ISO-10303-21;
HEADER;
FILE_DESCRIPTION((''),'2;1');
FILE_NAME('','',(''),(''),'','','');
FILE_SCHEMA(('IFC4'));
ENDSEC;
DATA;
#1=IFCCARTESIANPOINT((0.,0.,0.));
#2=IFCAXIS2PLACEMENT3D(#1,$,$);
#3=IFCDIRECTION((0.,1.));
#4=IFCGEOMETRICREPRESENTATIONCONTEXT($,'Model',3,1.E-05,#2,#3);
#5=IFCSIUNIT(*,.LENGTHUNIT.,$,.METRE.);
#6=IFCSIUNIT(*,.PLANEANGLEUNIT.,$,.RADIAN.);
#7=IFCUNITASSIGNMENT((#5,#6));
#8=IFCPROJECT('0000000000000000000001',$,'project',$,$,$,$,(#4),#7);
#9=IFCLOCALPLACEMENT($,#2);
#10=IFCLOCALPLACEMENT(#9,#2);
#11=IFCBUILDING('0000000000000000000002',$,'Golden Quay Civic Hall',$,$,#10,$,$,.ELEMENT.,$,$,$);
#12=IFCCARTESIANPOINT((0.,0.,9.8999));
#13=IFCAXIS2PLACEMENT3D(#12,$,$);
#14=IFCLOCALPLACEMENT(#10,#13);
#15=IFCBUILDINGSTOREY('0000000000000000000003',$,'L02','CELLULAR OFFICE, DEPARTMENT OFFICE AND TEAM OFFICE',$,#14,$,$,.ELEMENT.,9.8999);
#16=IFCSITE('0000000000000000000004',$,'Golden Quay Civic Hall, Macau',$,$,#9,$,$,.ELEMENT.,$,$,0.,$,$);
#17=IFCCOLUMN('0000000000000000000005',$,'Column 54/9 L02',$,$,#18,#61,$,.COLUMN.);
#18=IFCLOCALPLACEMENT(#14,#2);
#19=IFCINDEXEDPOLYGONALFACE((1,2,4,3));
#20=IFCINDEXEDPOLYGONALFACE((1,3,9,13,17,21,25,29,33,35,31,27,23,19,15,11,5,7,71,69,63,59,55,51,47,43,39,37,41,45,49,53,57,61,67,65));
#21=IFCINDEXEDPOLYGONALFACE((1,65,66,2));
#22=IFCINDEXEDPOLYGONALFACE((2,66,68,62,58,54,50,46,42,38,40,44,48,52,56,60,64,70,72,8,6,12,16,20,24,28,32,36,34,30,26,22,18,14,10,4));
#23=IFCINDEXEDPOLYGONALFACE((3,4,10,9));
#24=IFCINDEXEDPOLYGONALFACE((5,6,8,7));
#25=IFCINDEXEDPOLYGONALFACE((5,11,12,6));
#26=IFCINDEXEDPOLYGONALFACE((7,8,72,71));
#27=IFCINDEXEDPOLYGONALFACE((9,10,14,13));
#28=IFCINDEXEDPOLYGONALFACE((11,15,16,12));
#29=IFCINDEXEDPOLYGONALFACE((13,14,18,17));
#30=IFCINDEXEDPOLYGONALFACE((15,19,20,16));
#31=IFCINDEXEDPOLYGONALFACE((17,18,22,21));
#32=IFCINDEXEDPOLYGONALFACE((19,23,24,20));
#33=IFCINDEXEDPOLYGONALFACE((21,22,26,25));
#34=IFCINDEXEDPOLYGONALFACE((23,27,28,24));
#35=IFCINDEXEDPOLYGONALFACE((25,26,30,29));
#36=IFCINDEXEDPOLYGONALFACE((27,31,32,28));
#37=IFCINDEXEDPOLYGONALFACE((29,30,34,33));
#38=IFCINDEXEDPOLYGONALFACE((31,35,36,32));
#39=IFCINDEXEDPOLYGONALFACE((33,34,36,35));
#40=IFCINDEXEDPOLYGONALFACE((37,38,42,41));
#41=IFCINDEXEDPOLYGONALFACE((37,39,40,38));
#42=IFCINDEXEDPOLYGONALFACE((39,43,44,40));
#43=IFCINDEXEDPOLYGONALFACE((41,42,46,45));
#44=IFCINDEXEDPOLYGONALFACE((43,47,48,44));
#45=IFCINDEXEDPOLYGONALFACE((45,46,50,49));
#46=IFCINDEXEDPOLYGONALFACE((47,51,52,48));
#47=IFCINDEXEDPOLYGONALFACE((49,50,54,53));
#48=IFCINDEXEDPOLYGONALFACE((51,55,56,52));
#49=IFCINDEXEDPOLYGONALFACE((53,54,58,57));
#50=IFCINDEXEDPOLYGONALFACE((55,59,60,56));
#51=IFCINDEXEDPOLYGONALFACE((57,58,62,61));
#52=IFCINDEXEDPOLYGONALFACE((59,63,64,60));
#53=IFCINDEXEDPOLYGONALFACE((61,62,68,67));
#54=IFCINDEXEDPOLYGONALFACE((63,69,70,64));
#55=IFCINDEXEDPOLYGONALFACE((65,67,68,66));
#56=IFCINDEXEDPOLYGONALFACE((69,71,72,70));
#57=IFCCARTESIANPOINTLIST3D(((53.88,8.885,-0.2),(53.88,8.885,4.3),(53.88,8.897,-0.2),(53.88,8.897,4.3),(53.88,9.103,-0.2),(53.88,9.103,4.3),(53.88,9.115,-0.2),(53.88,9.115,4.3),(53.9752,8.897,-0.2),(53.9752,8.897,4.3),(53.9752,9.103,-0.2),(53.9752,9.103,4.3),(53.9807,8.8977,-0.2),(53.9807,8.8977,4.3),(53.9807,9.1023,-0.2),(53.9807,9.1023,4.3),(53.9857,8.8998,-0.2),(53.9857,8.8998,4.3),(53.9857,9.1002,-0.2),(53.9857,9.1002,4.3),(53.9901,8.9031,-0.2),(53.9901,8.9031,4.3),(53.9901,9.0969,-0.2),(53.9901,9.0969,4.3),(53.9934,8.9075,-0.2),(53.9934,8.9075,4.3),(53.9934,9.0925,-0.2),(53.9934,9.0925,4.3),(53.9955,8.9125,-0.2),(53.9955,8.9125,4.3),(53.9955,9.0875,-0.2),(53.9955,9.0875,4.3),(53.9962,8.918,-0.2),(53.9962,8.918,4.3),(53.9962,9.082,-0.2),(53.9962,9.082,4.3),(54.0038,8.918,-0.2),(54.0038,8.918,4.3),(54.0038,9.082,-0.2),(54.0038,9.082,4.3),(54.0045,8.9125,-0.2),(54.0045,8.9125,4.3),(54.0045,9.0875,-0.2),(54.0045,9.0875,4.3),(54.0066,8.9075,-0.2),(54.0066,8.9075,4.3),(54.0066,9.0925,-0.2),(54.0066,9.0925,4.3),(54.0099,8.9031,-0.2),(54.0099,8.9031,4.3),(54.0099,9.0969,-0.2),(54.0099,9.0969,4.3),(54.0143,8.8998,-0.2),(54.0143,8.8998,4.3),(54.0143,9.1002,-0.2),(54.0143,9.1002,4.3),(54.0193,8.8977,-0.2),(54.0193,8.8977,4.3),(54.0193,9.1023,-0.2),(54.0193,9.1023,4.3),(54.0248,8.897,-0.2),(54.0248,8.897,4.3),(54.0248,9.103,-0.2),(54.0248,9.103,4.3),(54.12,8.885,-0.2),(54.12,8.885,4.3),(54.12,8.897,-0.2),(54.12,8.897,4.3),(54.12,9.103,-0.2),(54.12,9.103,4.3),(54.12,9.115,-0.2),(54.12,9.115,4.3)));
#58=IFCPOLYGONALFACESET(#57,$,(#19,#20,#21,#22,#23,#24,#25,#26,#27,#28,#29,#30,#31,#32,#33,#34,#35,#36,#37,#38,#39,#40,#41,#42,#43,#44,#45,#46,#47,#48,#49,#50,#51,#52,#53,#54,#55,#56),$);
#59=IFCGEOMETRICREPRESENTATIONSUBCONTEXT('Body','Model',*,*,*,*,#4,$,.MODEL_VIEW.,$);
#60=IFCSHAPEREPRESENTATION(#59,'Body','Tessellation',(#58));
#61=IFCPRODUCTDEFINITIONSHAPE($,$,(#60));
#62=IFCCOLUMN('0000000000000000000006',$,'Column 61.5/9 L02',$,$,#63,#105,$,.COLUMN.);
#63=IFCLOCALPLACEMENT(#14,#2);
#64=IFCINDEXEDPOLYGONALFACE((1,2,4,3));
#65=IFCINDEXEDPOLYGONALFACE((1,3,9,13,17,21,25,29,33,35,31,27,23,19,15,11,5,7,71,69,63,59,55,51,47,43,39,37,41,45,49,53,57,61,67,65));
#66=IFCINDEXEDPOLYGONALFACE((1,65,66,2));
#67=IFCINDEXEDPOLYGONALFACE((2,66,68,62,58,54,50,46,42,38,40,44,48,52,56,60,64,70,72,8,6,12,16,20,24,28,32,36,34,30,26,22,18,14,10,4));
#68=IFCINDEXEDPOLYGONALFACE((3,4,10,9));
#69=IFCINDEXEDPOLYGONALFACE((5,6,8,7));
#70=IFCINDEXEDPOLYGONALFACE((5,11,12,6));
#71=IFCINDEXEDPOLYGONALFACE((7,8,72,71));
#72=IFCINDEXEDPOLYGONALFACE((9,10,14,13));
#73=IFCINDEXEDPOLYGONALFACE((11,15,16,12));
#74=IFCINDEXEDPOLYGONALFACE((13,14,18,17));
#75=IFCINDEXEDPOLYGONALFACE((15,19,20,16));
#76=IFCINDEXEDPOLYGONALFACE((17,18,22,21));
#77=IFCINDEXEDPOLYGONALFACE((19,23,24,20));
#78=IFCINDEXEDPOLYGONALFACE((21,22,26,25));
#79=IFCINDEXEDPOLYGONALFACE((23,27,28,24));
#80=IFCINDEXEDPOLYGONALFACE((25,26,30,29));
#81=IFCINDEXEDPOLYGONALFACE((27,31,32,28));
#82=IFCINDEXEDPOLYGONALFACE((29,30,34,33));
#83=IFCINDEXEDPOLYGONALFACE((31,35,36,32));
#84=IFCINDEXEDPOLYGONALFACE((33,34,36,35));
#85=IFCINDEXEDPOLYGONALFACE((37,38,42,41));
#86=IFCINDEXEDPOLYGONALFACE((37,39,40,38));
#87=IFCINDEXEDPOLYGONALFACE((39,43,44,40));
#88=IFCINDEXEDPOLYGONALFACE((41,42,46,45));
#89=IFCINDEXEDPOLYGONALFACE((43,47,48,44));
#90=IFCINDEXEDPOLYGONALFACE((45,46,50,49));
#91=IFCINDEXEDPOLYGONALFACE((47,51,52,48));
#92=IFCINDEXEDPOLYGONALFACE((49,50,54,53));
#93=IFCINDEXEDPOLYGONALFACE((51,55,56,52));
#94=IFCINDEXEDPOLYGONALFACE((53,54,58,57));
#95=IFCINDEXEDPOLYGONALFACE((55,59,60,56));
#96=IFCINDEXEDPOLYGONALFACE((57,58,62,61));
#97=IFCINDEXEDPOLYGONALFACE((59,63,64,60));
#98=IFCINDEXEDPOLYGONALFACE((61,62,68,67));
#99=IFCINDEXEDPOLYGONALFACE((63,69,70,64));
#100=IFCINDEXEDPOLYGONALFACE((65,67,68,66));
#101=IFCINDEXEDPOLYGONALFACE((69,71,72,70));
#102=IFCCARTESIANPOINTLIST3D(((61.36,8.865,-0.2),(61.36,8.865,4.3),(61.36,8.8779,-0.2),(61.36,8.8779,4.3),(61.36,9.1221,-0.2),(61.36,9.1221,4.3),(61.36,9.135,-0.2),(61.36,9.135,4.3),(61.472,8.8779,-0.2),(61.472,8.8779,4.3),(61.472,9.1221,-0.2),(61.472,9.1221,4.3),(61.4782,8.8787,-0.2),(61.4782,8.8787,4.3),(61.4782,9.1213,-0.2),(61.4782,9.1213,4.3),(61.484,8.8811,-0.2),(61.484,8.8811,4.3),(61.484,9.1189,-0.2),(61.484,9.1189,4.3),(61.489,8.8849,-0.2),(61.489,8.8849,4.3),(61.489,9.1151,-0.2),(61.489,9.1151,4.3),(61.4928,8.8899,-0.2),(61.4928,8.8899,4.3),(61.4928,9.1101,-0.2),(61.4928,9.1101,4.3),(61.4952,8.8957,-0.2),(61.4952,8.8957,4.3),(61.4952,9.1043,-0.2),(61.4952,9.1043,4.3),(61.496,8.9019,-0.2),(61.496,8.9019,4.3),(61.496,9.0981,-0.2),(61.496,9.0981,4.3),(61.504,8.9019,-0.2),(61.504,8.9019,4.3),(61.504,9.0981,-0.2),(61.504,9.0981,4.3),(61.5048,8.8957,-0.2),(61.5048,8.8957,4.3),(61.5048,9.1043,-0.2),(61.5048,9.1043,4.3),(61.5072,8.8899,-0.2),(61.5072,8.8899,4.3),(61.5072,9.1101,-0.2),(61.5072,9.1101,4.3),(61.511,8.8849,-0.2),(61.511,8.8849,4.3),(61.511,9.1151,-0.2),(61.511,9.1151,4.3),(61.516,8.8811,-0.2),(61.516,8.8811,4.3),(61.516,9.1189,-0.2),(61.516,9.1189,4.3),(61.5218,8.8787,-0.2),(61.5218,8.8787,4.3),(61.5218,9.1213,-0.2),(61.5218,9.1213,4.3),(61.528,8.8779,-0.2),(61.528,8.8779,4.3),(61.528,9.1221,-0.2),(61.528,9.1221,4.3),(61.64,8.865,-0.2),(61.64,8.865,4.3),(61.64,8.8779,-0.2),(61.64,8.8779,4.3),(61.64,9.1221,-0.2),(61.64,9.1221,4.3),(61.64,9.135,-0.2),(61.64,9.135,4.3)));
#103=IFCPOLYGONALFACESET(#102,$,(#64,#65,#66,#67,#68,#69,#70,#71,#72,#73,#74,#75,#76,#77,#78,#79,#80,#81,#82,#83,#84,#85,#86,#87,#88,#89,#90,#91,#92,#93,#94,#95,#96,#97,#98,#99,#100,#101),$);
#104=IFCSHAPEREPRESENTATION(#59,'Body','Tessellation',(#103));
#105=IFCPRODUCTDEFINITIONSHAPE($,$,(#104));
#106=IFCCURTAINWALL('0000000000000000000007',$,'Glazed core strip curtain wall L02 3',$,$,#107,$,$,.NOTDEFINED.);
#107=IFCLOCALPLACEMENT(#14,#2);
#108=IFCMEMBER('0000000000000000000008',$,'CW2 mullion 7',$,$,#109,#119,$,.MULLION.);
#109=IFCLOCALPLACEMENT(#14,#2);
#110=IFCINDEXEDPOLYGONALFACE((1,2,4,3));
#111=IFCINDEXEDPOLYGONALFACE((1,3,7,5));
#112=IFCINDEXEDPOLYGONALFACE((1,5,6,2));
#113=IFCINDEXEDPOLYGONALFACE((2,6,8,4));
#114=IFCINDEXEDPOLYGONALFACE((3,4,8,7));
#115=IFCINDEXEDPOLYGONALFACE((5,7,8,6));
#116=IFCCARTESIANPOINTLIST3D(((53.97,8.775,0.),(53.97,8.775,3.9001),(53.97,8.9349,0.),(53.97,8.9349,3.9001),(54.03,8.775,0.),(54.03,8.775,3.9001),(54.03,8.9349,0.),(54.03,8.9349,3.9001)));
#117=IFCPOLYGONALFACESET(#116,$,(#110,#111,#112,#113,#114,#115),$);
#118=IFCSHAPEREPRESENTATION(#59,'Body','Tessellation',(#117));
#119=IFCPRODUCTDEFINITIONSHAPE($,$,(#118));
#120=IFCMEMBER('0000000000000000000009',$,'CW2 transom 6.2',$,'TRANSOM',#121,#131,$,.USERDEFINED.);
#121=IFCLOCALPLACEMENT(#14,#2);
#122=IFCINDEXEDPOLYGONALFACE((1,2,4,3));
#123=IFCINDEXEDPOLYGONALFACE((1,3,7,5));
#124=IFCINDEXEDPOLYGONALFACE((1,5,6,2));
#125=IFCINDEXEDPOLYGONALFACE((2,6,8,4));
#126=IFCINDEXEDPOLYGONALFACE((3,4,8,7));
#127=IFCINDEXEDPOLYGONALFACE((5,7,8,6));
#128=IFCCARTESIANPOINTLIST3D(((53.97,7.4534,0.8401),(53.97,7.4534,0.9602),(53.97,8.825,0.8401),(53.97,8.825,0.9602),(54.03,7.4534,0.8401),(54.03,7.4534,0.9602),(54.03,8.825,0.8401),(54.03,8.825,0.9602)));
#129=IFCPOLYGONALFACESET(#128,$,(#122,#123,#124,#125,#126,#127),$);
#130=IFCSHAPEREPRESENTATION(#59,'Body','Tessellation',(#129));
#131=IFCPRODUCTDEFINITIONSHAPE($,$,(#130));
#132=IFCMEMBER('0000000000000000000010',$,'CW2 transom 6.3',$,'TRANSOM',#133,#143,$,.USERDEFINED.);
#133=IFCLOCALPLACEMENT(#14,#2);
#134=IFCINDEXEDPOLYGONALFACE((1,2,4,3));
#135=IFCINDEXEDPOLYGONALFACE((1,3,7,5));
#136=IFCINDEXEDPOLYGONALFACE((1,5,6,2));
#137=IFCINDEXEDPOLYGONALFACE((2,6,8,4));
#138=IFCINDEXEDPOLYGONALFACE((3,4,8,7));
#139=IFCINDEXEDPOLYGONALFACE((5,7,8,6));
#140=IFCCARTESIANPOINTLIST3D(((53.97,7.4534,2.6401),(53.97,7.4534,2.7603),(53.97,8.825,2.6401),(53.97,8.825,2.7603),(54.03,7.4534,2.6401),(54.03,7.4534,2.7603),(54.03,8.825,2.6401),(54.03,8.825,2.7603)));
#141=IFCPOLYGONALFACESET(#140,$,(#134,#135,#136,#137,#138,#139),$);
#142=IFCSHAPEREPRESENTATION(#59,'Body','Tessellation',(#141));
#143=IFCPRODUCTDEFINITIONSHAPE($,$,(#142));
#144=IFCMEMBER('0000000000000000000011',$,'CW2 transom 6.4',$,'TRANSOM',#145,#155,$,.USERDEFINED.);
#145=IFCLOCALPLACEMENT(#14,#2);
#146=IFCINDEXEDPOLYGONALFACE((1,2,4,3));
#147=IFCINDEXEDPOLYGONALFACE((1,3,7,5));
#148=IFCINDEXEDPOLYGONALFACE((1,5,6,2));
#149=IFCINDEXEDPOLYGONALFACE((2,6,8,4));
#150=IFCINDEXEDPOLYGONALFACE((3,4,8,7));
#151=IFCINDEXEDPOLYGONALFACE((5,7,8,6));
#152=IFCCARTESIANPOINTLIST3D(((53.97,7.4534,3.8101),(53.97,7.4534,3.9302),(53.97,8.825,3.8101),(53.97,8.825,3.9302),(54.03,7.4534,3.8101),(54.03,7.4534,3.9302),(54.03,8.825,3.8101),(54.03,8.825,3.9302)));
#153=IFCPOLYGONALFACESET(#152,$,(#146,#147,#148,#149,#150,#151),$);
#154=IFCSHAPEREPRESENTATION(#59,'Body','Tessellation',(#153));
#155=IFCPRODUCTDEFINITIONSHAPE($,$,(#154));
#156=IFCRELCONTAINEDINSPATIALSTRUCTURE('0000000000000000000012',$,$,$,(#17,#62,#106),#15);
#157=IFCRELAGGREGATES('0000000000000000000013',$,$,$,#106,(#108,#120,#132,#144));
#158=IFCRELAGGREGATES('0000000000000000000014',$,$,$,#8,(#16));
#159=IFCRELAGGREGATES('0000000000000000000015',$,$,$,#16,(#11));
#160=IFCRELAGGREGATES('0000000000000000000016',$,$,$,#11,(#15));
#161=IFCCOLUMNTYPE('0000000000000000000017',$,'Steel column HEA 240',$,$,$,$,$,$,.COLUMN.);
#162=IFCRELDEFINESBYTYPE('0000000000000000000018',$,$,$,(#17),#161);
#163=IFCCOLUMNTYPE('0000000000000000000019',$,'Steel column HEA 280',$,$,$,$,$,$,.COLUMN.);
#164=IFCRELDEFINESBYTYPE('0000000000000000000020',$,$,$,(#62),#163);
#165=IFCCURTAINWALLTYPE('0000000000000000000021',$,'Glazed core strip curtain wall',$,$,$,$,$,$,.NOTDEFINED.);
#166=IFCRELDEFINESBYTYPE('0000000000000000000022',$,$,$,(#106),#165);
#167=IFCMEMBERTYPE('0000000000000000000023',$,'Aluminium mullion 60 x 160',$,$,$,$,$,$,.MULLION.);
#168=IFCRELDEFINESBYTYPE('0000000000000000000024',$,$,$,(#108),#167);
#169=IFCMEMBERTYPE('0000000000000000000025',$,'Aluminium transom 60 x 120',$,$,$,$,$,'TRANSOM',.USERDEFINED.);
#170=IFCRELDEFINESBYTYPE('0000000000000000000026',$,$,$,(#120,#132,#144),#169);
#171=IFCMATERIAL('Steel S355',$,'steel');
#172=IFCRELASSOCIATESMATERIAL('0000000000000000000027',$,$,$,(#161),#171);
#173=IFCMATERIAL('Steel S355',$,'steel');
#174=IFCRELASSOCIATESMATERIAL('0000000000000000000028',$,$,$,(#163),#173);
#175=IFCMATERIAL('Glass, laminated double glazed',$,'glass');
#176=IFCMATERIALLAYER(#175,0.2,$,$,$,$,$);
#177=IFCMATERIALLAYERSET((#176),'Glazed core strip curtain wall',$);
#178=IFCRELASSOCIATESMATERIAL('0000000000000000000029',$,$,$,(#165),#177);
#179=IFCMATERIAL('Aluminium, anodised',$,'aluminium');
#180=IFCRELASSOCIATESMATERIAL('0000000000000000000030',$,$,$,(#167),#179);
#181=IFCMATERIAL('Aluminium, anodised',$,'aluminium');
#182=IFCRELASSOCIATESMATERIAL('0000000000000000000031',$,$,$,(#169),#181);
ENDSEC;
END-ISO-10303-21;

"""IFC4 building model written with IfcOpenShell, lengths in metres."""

from ifc_helpers import new_model, si_unit, direction, frame, origin, origin_2d, place, context, subcontext, project, spatial, rectangle, i_section, extrude, material, layer, layer_set, material_profile, profile_set, type_object, element, aggregate, save


model = new_model("IFC4")

# Units and contexts
model_context = context("Model", 3, precision=1e-05, world=origin(), true_north=direction((0.0, 1.0)))
body_context = subcontext(model_context, "Body", "Model", "MODEL_VIEW")
ifc_project = project(units=[si_unit("LENGTHUNIT", "METRE"), si_unit("PLANEANGLEUNIT", "RADIAN")], contexts=[model_context])

# Site, building, storey
site_placement = place(None, origin())
site = spatial("IfcSite", under=ifc_project, at=site_placement, Name="Golden Quay Civic Hall, Macau", CompositionType="ELEMENT", RefElevation=0.0)
building_placement = place(site_placement, origin())
building = spatial("IfcBuilding", under=site, at=building_placement, Name="Golden Quay Civic Hall", CompositionType="ELEMENT")
storey_placement = place(building_placement, frame((0.0, 0.0, 9.8999)))
storey = spatial("IfcBuildingStorey", under=building, at=storey_placement, Name="L02", Description="CELLULAR OFFICE, DEPARTMENT OFFICE AND TEAM OFFICE", CompositionType="ELEMENT", Elevation=9.8999)

# Columns
ifc_material_1 = material(Name="Steel S355", Category="steel")
ifc_material_profile_1 = material_profile(ifc_material_1, i_section(OverallWidth=0.24, OverallDepth=0.23, WebThickness=0.0076, FlangeThickness=0.012, FilletRadius=0.021, at=origin_2d()), Name="HEA 240")
ifc_profile_set_1 = profile_set([ifc_material_profile_1], Name="Steel S355")
column_type_1 = type_object("IfcColumnType", Name="Steel column HEA 240", PredefinedType="COLUMN", material=ifc_profile_set_1)
column_1_placement = place(storey_placement, frame((54.0, 9.0, -0.2), z_axis=(0.0, 0.0, 1.0), x_axis=(1.0, 0.0, 0.0)))
element("IfcColumn", 1, at=column_1_placement, inside=storey, type_object=column_type_1, Name="Column 54/9 L02", PredefinedType="COLUMN", context=body_context, shape_type="SweptSolid", body=[
    extrude(i_section(OverallWidth=0.24, OverallDepth=0.23, WebThickness=0.0076, FlangeThickness=0.012, FilletRadius=0.021, at=origin_2d()), origin(), (0.0, 0.0, 1.0), 4.5),
])
ifc_material_2 = material(Name="Steel S355", Category="steel")
ifc_material_profile_2 = material_profile(ifc_material_2, i_section(OverallWidth=0.28, OverallDepth=0.27, WebThickness=0.0081, FlangeThickness=0.0129, FilletRadius=0.0239, at=origin_2d()), Name="HEA 280")
ifc_profile_set_2 = profile_set([ifc_material_profile_2], Name="Steel S355")
column_type_2 = type_object("IfcColumnType", Name="Steel column HEA 280", PredefinedType="COLUMN", material=ifc_profile_set_2)
column_2_placement = place(storey_placement, frame((61.5, 9.0, -0.2), z_axis=(0.0, 0.0, 1.0), x_axis=(1.0, 0.0, 0.0)))
element("IfcColumn", 2, at=column_2_placement, inside=storey, type_object=column_type_2, Name="Column 61.5/9 L02", PredefinedType="COLUMN", context=body_context, shape_type="SweptSolid", body=[
    extrude(i_section(OverallWidth=0.28, OverallDepth=0.27, WebThickness=0.0081, FlangeThickness=0.0129, FilletRadius=0.0239, at=origin_2d()), origin(), (0.0, 0.0, 1.0), 4.5),
])

# Curtain wall, members
ifc_material_3 = material(Name="Glass, laminated double glazed", Category="glass")
ifc_layer_1 = layer(ifc_material_3, 0.2)
ifc_layer_set_1 = layer_set([ifc_layer_1], Name="Glazed core strip curtain wall")
curtain_wall_type = type_object("IfcCurtainWallType", Name="Glazed core strip curtain wall", PredefinedType="NOTDEFINED", material=ifc_layer_set_1)
curtain_wall_placement = place(storey_placement, origin())
curtain_wall = element("IfcCurtainWall", 3, at=curtain_wall_placement, inside=storey, type_object=curtain_wall_type, Name="Glazed core strip curtain wall L02 3", PredefinedType="NOTDEFINED")
ifc_material_4 = material(Name="Aluminium, anodised", Category="aluminium")
ifc_material_profile_3 = material_profile(ifc_material_4, rectangle(XDim=0.0601, YDim=0.1599, at=origin_2d()), Name="Aluminium 60 x 160")
ifc_profile_set_3 = profile_set([ifc_material_profile_3], Name="Aluminium, anodised")
member_type_1 = type_object("IfcMemberType", Name="Aluminium mullion 60 x 160", PredefinedType="MULLION", material=ifc_profile_set_3)
member_1_placement = place(storey_placement, frame((54.0, 8.855, 0.0), z_axis=(0.0, 0.0, 1.0), x_axis=(-1.0, 0.0, 0.0)))
member_1 = element("IfcMember", 4, at=member_1_placement, type_object=member_type_1, Name="CW2 mullion 7", PredefinedType="MULLION", context=body_context, shape_type="SweptSolid", body=[
    extrude(rectangle(XDim=0.0601, YDim=0.1599, at=origin_2d()), origin(), (0.0, 0.0, 1.0), 3.9001),
])
ifc_material_5 = material(Name="Aluminium, anodised", Category="aluminium")
ifc_material_profile_4 = material_profile(ifc_material_5, rectangle(XDim=0.0601, YDim=0.1201, at=origin_2d()), Name="Aluminium 60 x 120")
ifc_profile_set_4 = profile_set([ifc_material_profile_4], Name="Aluminium, anodised")
member_type_2 = type_object("IfcMemberType", Name="Aluminium transom 60 x 120", ElementType="TRANSOM", PredefinedType="USERDEFINED", material=ifc_profile_set_4)
member_2_placement = place(storey_placement, frame((54.0, 7.4534, 0.9001), z_axis=(0.0, 1.0, 0.0), x_axis=(-1.0, 0.0, 0.0)))
member_2 = element("IfcMember", 5, at=member_2_placement, type_object=member_type_2, Name="CW2 transom 6.2", ObjectType="TRANSOM", PredefinedType="USERDEFINED", context=body_context, shape_type="SweptSolid", body=[
    extrude(rectangle(XDim=0.0601, YDim=0.1201, at=origin_2d()), origin(), (0.0, 0.0, 1.0), 1.3716),
])
member_3_placement = place(storey_placement, frame((54.0, 7.4534, 2.7002), z_axis=(0.0, 1.0, 0.0), x_axis=(-1.0, 0.0, 0.0)))
member_3 = element("IfcMember", 6, at=member_3_placement, type_object=member_type_2, Name="CW2 transom 6.3", ObjectType="TRANSOM", PredefinedType="USERDEFINED", context=body_context, shape_type="SweptSolid", body=[
    extrude(rectangle(XDim=0.0601, YDim=0.1201, at=origin_2d()), origin(), (0.0, 0.0, 1.0), 1.3716),
])
member_4_placement = place(storey_placement, frame((54.0, 7.4534, 3.8701), z_axis=(0.0, 1.0, 0.0), x_axis=(-1.0, 0.0, 0.0)))
member_4 = element("IfcMember", 7, at=member_4_placement, type_object=member_type_2, Name="CW2 transom 6.4", ObjectType="TRANSOM", PredefinedType="USERDEFINED", context=body_context, shape_type="SweptSolid", body=[
    extrude(rectangle(XDim=0.0601, YDim=0.1201, at=origin_2d()), origin(), (0.0, 0.0, 1.0), 1.3716),
])

aggregate(curtain_wall, [member_1, member_2, member_3, member_4])

save(model, "model.ifc")
